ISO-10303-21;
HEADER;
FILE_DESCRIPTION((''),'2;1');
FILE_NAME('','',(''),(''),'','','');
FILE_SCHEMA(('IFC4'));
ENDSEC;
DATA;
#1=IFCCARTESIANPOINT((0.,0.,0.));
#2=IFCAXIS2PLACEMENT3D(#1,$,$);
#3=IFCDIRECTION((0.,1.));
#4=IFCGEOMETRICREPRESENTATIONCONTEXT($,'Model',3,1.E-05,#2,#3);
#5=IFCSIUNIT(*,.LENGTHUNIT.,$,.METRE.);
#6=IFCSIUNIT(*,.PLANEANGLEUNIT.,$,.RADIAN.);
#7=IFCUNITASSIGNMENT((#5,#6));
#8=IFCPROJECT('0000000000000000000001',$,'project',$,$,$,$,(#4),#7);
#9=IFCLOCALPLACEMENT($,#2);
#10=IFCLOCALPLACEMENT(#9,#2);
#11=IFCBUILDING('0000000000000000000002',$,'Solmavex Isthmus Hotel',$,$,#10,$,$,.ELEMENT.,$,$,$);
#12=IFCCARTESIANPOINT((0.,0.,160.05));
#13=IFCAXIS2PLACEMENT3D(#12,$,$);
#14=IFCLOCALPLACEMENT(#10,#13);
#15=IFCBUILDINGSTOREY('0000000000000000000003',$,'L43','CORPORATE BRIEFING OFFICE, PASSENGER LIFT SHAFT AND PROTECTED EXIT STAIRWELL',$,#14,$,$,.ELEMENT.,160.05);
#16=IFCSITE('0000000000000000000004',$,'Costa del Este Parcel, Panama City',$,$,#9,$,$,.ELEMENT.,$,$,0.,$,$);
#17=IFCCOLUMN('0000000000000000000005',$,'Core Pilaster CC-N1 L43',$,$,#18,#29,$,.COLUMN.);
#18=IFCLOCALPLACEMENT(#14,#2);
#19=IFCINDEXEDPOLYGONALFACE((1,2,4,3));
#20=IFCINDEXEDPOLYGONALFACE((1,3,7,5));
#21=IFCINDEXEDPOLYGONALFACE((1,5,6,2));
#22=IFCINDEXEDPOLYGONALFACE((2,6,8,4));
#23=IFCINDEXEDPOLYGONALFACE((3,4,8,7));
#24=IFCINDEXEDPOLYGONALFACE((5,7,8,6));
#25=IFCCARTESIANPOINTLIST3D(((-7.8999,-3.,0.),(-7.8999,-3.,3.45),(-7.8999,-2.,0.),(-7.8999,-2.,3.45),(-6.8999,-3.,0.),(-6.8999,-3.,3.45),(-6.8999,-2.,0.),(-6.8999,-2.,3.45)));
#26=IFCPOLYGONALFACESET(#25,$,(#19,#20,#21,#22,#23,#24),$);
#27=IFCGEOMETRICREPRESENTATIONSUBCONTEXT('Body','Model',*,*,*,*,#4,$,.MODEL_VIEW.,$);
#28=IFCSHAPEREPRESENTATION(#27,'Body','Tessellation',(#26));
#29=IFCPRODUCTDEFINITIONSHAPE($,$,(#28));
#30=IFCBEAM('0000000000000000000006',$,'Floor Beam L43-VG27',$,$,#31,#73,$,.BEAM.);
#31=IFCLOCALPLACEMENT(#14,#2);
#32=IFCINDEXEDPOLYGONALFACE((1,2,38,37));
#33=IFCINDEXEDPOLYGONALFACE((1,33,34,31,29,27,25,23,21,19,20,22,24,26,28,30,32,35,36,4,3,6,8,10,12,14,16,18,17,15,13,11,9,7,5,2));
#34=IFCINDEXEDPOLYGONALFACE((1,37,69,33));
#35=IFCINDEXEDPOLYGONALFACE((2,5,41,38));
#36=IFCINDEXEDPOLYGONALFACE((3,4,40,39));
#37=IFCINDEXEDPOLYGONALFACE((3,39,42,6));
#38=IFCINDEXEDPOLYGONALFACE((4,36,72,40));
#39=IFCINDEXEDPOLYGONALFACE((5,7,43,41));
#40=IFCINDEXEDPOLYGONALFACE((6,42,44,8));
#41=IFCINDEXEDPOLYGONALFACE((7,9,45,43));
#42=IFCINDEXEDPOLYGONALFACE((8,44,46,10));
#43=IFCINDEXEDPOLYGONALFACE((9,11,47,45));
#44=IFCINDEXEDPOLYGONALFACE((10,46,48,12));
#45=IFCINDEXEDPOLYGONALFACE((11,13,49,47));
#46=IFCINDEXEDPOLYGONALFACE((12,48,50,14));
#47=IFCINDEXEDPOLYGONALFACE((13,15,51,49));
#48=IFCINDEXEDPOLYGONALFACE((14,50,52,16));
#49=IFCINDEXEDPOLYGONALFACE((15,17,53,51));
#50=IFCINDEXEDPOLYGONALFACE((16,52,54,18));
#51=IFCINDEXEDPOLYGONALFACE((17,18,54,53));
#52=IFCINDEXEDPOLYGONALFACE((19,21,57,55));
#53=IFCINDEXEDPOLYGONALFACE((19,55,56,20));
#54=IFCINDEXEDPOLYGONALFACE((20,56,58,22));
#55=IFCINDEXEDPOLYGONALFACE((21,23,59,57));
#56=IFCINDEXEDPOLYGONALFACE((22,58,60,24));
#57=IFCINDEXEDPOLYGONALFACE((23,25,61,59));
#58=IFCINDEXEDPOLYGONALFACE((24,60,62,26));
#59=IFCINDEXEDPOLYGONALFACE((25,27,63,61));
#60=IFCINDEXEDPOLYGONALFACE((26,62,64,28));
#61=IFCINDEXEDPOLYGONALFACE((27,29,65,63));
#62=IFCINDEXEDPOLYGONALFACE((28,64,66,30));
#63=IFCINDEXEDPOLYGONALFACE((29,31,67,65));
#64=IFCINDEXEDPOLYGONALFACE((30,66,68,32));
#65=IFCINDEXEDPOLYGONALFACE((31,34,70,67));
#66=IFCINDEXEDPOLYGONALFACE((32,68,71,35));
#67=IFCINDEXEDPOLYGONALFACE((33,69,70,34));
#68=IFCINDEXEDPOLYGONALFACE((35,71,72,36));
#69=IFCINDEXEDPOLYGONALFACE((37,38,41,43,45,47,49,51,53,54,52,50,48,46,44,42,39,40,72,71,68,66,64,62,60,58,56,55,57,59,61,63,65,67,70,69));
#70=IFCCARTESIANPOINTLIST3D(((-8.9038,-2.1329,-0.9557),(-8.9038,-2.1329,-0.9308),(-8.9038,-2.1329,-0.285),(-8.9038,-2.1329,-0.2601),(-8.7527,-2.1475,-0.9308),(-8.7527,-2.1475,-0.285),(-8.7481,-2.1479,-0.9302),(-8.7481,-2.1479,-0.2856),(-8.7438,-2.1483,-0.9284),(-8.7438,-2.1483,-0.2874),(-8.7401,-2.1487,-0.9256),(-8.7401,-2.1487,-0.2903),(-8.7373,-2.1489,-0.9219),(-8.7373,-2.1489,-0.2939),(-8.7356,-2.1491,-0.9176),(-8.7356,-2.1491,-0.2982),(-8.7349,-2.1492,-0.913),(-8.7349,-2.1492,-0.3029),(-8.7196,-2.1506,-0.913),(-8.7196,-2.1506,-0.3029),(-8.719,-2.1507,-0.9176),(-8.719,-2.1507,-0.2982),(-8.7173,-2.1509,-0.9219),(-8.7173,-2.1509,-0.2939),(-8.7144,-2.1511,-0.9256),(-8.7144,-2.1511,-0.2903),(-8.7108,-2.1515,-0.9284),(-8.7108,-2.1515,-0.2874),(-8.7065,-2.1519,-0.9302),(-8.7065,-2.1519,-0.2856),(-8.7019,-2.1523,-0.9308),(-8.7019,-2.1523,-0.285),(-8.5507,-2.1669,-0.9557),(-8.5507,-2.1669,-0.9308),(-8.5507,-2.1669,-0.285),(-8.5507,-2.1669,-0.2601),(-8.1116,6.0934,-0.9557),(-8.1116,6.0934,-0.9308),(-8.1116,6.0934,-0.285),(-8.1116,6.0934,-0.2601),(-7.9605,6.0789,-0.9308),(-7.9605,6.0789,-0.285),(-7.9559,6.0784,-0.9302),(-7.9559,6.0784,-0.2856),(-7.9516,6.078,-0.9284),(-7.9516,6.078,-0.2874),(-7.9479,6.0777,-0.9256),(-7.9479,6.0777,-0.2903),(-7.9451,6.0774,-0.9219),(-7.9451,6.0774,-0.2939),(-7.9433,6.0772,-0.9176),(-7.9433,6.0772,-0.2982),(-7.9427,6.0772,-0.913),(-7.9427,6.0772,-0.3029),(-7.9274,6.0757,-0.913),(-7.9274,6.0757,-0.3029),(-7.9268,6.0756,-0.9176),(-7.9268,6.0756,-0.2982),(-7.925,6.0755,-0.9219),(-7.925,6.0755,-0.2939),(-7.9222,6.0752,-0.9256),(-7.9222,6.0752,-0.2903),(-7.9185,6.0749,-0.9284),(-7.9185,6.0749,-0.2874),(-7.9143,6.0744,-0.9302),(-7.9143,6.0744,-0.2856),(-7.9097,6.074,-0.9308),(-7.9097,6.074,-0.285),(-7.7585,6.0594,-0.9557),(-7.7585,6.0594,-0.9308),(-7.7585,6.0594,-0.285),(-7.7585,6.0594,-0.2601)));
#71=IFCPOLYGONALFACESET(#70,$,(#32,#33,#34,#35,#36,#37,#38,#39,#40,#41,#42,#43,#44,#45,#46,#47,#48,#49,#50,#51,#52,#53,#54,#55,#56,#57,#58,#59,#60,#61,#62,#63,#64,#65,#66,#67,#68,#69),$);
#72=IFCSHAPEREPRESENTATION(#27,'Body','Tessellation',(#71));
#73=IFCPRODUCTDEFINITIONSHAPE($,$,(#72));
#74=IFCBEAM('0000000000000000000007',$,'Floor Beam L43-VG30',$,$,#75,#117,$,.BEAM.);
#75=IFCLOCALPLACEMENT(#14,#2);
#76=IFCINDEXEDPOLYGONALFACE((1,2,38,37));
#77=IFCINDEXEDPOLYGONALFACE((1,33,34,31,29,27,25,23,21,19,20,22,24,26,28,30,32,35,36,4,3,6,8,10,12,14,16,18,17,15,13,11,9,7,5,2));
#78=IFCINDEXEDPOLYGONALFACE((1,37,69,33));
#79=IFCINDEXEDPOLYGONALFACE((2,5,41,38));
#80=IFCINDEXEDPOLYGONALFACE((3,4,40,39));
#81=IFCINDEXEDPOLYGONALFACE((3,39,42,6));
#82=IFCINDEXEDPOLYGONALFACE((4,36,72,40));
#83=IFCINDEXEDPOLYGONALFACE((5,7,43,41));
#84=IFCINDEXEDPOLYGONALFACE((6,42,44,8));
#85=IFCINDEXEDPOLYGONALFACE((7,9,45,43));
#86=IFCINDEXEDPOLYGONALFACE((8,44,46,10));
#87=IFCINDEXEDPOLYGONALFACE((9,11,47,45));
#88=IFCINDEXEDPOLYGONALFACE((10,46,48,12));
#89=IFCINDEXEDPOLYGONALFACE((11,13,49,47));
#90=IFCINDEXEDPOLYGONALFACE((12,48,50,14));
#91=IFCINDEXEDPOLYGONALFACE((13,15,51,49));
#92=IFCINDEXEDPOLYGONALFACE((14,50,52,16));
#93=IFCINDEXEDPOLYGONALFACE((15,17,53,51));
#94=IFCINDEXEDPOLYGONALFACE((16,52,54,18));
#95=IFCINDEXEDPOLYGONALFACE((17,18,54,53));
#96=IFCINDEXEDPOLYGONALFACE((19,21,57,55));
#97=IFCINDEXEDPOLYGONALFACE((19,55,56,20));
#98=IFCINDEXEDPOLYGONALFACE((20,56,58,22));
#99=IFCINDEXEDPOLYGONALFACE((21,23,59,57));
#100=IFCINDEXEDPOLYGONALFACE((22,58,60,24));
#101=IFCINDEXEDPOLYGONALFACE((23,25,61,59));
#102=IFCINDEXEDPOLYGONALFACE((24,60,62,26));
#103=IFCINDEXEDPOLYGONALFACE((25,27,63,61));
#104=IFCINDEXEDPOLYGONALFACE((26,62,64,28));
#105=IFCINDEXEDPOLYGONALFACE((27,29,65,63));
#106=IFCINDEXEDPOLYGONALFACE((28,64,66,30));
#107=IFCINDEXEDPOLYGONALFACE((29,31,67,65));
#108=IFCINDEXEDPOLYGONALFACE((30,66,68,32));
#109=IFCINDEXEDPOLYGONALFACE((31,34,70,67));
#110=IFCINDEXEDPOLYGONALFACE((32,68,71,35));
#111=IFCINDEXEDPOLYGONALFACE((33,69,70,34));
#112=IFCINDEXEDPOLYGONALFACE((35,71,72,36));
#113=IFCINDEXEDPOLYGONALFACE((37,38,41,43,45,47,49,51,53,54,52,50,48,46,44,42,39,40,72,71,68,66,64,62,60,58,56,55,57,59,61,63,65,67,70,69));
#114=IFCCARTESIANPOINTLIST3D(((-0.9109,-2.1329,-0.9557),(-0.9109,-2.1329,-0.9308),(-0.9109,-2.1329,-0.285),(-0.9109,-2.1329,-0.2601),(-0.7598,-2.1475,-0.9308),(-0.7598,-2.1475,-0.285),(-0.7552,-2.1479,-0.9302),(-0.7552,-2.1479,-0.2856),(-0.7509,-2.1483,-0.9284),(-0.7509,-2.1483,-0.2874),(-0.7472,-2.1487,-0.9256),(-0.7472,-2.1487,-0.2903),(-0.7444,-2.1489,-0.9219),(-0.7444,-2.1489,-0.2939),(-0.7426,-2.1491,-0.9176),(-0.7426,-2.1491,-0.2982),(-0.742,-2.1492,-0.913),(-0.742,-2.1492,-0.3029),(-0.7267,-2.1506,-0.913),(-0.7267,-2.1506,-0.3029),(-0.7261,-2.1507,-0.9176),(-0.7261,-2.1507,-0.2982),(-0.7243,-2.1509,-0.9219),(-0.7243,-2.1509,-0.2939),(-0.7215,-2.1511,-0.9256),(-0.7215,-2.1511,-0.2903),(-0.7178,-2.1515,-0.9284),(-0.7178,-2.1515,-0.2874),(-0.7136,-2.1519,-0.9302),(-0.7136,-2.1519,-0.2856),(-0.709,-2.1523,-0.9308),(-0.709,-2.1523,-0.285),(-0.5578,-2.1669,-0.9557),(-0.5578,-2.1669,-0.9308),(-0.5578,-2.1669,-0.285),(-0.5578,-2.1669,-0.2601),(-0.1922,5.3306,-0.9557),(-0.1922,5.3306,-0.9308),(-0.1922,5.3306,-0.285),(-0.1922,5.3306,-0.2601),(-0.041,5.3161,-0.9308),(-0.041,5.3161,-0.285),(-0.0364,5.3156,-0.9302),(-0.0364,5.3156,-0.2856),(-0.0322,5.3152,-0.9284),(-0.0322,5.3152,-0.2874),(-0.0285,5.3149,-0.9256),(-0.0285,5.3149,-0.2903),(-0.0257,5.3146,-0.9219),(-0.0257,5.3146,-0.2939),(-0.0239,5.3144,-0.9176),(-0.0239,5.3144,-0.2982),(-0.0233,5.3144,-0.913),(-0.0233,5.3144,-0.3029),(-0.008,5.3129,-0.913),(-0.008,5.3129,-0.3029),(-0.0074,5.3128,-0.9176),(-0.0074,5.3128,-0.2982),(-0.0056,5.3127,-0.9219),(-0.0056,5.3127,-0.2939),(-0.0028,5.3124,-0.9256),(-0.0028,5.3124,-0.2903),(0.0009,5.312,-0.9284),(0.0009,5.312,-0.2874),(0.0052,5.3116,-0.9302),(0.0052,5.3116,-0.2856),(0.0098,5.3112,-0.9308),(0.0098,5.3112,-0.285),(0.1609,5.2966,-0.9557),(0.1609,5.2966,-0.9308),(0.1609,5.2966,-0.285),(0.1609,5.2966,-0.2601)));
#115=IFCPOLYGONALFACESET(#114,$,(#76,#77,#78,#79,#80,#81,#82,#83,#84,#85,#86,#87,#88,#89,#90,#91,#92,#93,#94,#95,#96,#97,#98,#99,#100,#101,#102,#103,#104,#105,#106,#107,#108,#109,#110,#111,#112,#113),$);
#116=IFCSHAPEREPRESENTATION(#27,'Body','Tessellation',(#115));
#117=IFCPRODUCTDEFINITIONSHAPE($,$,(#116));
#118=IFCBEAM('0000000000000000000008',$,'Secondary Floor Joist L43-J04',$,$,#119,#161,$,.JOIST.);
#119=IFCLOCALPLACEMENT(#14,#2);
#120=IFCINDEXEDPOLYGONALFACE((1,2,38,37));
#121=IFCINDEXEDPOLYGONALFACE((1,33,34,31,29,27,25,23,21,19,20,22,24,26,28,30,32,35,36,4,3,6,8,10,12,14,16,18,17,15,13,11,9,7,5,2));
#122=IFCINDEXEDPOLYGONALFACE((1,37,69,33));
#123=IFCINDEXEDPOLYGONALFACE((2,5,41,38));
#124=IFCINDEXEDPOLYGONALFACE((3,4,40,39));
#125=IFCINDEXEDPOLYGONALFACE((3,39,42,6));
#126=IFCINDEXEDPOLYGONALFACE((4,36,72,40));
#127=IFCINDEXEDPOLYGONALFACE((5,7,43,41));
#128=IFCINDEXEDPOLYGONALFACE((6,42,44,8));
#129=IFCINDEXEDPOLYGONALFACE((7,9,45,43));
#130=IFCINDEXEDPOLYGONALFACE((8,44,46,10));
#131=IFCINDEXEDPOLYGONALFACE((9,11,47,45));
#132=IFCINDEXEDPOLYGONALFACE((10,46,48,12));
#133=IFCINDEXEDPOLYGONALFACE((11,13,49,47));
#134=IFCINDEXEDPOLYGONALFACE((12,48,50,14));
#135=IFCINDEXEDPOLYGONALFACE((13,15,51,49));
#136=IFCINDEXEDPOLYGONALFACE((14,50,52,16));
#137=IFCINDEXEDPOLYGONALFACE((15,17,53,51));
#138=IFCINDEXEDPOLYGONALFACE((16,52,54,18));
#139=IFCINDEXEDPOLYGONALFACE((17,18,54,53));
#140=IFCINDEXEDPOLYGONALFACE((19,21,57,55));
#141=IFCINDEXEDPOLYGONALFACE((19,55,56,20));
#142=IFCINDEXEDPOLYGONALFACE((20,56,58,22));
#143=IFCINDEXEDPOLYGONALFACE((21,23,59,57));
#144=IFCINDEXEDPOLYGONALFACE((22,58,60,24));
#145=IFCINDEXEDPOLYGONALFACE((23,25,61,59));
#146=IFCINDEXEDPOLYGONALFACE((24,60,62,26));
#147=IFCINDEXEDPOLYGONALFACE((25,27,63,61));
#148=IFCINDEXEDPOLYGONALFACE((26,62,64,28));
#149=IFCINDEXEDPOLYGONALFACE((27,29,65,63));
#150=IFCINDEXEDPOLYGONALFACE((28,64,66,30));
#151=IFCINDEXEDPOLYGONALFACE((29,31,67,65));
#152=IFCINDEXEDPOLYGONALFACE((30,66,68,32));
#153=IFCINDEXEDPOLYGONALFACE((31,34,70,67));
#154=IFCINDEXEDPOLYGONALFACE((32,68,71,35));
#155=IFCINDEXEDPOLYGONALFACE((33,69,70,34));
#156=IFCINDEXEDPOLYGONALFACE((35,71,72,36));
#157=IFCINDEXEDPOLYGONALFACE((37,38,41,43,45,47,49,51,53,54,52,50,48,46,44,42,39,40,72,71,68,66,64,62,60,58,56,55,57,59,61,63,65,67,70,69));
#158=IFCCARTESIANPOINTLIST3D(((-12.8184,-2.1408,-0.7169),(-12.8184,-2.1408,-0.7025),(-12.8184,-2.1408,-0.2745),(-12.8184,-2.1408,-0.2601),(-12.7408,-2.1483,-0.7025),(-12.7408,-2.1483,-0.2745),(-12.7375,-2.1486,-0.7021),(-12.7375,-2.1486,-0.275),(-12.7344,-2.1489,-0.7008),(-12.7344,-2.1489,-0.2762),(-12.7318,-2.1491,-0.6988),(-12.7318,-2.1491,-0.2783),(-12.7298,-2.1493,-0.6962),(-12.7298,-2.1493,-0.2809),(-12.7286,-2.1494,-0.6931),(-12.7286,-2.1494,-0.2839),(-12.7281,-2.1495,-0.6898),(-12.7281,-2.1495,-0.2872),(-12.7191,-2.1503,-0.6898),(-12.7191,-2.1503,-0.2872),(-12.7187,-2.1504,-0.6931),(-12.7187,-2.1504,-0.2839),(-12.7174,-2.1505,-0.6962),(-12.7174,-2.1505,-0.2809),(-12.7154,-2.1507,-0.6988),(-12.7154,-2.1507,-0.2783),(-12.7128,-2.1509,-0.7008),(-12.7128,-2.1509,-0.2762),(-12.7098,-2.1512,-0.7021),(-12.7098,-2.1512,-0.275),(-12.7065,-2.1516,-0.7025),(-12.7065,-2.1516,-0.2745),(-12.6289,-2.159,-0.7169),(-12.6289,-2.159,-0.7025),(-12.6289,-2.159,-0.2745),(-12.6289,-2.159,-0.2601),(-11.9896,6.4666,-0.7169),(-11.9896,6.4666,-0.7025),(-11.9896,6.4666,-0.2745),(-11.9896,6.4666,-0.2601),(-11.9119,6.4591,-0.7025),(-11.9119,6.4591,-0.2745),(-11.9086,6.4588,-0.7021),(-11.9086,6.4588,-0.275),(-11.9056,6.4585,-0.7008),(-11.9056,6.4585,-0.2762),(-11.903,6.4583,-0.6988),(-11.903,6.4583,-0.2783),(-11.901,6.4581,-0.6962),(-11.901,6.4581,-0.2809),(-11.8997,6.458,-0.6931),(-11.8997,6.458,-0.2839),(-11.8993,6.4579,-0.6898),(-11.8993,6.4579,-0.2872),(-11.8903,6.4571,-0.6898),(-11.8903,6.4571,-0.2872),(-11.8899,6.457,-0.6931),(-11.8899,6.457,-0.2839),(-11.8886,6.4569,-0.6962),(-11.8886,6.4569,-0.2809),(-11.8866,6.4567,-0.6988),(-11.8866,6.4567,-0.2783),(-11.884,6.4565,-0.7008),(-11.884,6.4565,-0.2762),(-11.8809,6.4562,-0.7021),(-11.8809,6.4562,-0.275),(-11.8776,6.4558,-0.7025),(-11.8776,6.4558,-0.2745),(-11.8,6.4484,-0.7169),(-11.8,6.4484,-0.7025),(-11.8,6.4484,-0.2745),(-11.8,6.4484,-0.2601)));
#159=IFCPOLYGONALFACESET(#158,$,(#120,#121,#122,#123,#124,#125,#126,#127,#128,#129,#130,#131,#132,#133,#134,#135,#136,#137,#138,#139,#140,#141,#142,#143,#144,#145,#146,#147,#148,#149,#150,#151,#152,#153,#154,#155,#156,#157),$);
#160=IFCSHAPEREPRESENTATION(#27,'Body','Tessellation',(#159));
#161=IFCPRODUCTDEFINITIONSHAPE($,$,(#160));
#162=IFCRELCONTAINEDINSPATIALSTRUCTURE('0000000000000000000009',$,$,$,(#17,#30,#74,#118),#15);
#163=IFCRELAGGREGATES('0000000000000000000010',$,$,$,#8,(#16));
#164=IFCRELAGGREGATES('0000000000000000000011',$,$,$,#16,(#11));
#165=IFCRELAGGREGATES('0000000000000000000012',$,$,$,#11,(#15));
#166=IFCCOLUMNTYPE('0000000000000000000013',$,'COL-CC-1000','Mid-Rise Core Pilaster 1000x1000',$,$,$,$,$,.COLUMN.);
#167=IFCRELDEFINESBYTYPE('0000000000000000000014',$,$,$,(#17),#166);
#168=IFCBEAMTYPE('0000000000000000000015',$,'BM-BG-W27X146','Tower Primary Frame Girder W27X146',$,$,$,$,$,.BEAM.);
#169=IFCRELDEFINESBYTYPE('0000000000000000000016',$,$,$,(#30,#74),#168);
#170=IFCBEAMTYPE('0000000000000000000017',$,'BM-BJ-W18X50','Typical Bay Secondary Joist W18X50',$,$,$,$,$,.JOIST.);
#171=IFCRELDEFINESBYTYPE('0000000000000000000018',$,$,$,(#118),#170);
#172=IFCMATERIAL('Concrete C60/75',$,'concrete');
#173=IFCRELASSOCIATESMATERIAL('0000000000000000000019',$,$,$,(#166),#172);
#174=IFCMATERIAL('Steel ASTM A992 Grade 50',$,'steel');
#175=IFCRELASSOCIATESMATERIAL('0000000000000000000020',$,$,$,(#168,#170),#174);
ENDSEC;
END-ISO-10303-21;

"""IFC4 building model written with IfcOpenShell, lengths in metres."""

from ifc_helpers import new_model, si_unit, direction, frame, origin, origin_2d, place, context, subcontext, project, spatial, rectangle, i_section, extrude, material, material_profile, profile_set, type_object, element, save


model = new_model("IFC4")

# Units and contexts
model_context = context("Model", 3, precision=1e-05, world=origin(), true_north=direction((0.0, 1.0)))
body_context = subcontext(model_context, "Body", "Model", "MODEL_VIEW")
ifc_project = project(units=[si_unit("LENGTHUNIT", "METRE"), si_unit("PLANEANGLEUNIT", "RADIAN")], contexts=[model_context])

# Site, building, storey
site_placement = place(None, origin())
site = spatial("IfcSite", under=ifc_project, at=site_placement, Name="Costa del Este Parcel, Panama City", CompositionType="ELEMENT", RefElevation=0.0)
building_placement = place(site_placement, origin())
building = spatial("IfcBuilding", under=site, at=building_placement, Name="Solmavex Isthmus Hotel", CompositionType="ELEMENT")
storey_placement = place(building_placement, frame((0.0, 0.0, 160.05)))
storey = spatial("IfcBuildingStorey", under=building, at=storey_placement, Name="L43", Description="CORPORATE BRIEFING OFFICE, PASSENGER LIFT SHAFT AND PROTECTED EXIT STAIRWELL", CompositionType="ELEMENT", Elevation=160.05)

# Column
ifc_material_1 = material(Name="Concrete C60/75", Category="concrete")
ifc_material_profile_1 = material_profile(ifc_material_1, rectangle(XDim=1.0, YDim=1.0, at=origin_2d()), Name="RC1000X1000")
ifc_profile_set_1 = profile_set([ifc_material_profile_1], Name="Concrete C60/75")
column_type = type_object("IfcColumnType", Name="COL-CC-1000", Description="Mid-Rise Core Pilaster 1000x1000", PredefinedType="COLUMN", material=ifc_profile_set_1)
column_placement = place(storey_placement, frame((-7.3999, -2.5, 0.0), z_axis=(0.0, 0.0, 1.0), x_axis=(1.0, 0.0, 0.0)))
element("IfcColumn", 1, at=column_placement, inside=storey, type_object=column_type, Name="Core Pilaster CC-N1 L43", PredefinedType="COLUMN", context=body_context, shape_type="SweptSolid", body=[
    extrude(rectangle(XDim=1.0, YDim=1.0, at=origin_2d()), origin(), (0.0, 0.0, 1.0), 3.45),
])

# Beams
ifc_material_2 = material(Name="Steel ASTM A992 Grade 50", Category="steel")
ifc_material_profile_2 = material_profile(ifc_material_2, i_section(OverallWidth=0.3547, OverallDepth=0.6956, WebThickness=0.0154, FlangeThickness=0.0249, FilletRadius=0.0178, at=origin_2d()), Name="W27X146")
ifc_profile_set_2 = profile_set([ifc_material_profile_2], Name="Steel ASTM A992 Grade 50")
beam_type_1 = type_object("IfcBeamType", Name="BM-BG-W27X146", Description="Tower Primary Frame Girder W27X146", PredefinedType="BEAM", material=ifc_profile_set_2)
beam_1_placement = place(storey_placement, frame((-8.7273, -2.1499, -0.6079), z_axis=(0.095862, 0.995395, 0.0), x_axis=(-0.995395, 0.095862, 0.0)))
element("IfcBeam", 2, at=beam_1_placement, inside=storey, type_object=beam_type_1, Name="Floor Beam L43-VG27", PredefinedType="BEAM", context=body_context, shape_type="SweptSolid", body=[
    extrude(i_section(OverallWidth=0.3547, OverallDepth=0.6956, WebThickness=0.0154, FlangeThickness=0.0249, FilletRadius=0.0178, at=origin_2d()), origin(), (0.0, 0.0, 1.0), 8.2644),
])
beam_2_placement = place(storey_placement, frame((-0.7344, -2.1499, -0.6079), z_axis=(0.095857, 0.995395, 0.0), x_axis=(-0.995395, 0.095857, 0.0)))
element("IfcBeam", 3, at=beam_2_placement, inside=storey, type_object=beam_type_1, Name="Floor Beam L43-VG30", PredefinedType="BEAM", context=body_context, shape_type="SweptSolid", body=[
    extrude(i_section(OverallWidth=0.3547, OverallDepth=0.6956, WebThickness=0.0154, FlangeThickness=0.0249, FilletRadius=0.0178, at=origin_2d()), origin(), (0.0, 0.0, 1.0), 7.498),
])
ifc_material_profile_3 = material_profile(ifc_material_2, i_section(OverallWidth=0.1904, OverallDepth=0.4568, WebThickness=0.009, FlangeThickness=0.0144, FilletRadius=0.0127, at=origin_2d()), Name="W18X50")
ifc_profile_set_3 = profile_set([ifc_material_profile_3], Name="Steel ASTM A992 Grade 50")
beam_type_2 = type_object("IfcBeamType", Name="BM-BJ-W18X50", Description="Typical Bay Secondary Joist W18X50", PredefinedType="JOIST", material=ifc_profile_set_3)
beam_3_placement = place(storey_placement, frame((-12.7236, -2.1499, -0.4885), z_axis=(0.095852, 0.995396, 0.0), x_axis=(-0.995396, 0.095852, 0.0)))
element("IfcBeam", 4, at=beam_3_placement, inside=storey, type_object=beam_type_2, Name="Secondary Floor Joist L43-J04", PredefinedType="JOIST", context=body_context, shape_type="SweptSolid", body=[
    extrude(i_section(OverallWidth=0.1904, OverallDepth=0.4568, WebThickness=0.009, FlangeThickness=0.0144, FilletRadius=0.0127, at=origin_2d()), origin(), (0.0, 0.0, 1.0), 8.6472),
])

save(model, "model.ifc")
